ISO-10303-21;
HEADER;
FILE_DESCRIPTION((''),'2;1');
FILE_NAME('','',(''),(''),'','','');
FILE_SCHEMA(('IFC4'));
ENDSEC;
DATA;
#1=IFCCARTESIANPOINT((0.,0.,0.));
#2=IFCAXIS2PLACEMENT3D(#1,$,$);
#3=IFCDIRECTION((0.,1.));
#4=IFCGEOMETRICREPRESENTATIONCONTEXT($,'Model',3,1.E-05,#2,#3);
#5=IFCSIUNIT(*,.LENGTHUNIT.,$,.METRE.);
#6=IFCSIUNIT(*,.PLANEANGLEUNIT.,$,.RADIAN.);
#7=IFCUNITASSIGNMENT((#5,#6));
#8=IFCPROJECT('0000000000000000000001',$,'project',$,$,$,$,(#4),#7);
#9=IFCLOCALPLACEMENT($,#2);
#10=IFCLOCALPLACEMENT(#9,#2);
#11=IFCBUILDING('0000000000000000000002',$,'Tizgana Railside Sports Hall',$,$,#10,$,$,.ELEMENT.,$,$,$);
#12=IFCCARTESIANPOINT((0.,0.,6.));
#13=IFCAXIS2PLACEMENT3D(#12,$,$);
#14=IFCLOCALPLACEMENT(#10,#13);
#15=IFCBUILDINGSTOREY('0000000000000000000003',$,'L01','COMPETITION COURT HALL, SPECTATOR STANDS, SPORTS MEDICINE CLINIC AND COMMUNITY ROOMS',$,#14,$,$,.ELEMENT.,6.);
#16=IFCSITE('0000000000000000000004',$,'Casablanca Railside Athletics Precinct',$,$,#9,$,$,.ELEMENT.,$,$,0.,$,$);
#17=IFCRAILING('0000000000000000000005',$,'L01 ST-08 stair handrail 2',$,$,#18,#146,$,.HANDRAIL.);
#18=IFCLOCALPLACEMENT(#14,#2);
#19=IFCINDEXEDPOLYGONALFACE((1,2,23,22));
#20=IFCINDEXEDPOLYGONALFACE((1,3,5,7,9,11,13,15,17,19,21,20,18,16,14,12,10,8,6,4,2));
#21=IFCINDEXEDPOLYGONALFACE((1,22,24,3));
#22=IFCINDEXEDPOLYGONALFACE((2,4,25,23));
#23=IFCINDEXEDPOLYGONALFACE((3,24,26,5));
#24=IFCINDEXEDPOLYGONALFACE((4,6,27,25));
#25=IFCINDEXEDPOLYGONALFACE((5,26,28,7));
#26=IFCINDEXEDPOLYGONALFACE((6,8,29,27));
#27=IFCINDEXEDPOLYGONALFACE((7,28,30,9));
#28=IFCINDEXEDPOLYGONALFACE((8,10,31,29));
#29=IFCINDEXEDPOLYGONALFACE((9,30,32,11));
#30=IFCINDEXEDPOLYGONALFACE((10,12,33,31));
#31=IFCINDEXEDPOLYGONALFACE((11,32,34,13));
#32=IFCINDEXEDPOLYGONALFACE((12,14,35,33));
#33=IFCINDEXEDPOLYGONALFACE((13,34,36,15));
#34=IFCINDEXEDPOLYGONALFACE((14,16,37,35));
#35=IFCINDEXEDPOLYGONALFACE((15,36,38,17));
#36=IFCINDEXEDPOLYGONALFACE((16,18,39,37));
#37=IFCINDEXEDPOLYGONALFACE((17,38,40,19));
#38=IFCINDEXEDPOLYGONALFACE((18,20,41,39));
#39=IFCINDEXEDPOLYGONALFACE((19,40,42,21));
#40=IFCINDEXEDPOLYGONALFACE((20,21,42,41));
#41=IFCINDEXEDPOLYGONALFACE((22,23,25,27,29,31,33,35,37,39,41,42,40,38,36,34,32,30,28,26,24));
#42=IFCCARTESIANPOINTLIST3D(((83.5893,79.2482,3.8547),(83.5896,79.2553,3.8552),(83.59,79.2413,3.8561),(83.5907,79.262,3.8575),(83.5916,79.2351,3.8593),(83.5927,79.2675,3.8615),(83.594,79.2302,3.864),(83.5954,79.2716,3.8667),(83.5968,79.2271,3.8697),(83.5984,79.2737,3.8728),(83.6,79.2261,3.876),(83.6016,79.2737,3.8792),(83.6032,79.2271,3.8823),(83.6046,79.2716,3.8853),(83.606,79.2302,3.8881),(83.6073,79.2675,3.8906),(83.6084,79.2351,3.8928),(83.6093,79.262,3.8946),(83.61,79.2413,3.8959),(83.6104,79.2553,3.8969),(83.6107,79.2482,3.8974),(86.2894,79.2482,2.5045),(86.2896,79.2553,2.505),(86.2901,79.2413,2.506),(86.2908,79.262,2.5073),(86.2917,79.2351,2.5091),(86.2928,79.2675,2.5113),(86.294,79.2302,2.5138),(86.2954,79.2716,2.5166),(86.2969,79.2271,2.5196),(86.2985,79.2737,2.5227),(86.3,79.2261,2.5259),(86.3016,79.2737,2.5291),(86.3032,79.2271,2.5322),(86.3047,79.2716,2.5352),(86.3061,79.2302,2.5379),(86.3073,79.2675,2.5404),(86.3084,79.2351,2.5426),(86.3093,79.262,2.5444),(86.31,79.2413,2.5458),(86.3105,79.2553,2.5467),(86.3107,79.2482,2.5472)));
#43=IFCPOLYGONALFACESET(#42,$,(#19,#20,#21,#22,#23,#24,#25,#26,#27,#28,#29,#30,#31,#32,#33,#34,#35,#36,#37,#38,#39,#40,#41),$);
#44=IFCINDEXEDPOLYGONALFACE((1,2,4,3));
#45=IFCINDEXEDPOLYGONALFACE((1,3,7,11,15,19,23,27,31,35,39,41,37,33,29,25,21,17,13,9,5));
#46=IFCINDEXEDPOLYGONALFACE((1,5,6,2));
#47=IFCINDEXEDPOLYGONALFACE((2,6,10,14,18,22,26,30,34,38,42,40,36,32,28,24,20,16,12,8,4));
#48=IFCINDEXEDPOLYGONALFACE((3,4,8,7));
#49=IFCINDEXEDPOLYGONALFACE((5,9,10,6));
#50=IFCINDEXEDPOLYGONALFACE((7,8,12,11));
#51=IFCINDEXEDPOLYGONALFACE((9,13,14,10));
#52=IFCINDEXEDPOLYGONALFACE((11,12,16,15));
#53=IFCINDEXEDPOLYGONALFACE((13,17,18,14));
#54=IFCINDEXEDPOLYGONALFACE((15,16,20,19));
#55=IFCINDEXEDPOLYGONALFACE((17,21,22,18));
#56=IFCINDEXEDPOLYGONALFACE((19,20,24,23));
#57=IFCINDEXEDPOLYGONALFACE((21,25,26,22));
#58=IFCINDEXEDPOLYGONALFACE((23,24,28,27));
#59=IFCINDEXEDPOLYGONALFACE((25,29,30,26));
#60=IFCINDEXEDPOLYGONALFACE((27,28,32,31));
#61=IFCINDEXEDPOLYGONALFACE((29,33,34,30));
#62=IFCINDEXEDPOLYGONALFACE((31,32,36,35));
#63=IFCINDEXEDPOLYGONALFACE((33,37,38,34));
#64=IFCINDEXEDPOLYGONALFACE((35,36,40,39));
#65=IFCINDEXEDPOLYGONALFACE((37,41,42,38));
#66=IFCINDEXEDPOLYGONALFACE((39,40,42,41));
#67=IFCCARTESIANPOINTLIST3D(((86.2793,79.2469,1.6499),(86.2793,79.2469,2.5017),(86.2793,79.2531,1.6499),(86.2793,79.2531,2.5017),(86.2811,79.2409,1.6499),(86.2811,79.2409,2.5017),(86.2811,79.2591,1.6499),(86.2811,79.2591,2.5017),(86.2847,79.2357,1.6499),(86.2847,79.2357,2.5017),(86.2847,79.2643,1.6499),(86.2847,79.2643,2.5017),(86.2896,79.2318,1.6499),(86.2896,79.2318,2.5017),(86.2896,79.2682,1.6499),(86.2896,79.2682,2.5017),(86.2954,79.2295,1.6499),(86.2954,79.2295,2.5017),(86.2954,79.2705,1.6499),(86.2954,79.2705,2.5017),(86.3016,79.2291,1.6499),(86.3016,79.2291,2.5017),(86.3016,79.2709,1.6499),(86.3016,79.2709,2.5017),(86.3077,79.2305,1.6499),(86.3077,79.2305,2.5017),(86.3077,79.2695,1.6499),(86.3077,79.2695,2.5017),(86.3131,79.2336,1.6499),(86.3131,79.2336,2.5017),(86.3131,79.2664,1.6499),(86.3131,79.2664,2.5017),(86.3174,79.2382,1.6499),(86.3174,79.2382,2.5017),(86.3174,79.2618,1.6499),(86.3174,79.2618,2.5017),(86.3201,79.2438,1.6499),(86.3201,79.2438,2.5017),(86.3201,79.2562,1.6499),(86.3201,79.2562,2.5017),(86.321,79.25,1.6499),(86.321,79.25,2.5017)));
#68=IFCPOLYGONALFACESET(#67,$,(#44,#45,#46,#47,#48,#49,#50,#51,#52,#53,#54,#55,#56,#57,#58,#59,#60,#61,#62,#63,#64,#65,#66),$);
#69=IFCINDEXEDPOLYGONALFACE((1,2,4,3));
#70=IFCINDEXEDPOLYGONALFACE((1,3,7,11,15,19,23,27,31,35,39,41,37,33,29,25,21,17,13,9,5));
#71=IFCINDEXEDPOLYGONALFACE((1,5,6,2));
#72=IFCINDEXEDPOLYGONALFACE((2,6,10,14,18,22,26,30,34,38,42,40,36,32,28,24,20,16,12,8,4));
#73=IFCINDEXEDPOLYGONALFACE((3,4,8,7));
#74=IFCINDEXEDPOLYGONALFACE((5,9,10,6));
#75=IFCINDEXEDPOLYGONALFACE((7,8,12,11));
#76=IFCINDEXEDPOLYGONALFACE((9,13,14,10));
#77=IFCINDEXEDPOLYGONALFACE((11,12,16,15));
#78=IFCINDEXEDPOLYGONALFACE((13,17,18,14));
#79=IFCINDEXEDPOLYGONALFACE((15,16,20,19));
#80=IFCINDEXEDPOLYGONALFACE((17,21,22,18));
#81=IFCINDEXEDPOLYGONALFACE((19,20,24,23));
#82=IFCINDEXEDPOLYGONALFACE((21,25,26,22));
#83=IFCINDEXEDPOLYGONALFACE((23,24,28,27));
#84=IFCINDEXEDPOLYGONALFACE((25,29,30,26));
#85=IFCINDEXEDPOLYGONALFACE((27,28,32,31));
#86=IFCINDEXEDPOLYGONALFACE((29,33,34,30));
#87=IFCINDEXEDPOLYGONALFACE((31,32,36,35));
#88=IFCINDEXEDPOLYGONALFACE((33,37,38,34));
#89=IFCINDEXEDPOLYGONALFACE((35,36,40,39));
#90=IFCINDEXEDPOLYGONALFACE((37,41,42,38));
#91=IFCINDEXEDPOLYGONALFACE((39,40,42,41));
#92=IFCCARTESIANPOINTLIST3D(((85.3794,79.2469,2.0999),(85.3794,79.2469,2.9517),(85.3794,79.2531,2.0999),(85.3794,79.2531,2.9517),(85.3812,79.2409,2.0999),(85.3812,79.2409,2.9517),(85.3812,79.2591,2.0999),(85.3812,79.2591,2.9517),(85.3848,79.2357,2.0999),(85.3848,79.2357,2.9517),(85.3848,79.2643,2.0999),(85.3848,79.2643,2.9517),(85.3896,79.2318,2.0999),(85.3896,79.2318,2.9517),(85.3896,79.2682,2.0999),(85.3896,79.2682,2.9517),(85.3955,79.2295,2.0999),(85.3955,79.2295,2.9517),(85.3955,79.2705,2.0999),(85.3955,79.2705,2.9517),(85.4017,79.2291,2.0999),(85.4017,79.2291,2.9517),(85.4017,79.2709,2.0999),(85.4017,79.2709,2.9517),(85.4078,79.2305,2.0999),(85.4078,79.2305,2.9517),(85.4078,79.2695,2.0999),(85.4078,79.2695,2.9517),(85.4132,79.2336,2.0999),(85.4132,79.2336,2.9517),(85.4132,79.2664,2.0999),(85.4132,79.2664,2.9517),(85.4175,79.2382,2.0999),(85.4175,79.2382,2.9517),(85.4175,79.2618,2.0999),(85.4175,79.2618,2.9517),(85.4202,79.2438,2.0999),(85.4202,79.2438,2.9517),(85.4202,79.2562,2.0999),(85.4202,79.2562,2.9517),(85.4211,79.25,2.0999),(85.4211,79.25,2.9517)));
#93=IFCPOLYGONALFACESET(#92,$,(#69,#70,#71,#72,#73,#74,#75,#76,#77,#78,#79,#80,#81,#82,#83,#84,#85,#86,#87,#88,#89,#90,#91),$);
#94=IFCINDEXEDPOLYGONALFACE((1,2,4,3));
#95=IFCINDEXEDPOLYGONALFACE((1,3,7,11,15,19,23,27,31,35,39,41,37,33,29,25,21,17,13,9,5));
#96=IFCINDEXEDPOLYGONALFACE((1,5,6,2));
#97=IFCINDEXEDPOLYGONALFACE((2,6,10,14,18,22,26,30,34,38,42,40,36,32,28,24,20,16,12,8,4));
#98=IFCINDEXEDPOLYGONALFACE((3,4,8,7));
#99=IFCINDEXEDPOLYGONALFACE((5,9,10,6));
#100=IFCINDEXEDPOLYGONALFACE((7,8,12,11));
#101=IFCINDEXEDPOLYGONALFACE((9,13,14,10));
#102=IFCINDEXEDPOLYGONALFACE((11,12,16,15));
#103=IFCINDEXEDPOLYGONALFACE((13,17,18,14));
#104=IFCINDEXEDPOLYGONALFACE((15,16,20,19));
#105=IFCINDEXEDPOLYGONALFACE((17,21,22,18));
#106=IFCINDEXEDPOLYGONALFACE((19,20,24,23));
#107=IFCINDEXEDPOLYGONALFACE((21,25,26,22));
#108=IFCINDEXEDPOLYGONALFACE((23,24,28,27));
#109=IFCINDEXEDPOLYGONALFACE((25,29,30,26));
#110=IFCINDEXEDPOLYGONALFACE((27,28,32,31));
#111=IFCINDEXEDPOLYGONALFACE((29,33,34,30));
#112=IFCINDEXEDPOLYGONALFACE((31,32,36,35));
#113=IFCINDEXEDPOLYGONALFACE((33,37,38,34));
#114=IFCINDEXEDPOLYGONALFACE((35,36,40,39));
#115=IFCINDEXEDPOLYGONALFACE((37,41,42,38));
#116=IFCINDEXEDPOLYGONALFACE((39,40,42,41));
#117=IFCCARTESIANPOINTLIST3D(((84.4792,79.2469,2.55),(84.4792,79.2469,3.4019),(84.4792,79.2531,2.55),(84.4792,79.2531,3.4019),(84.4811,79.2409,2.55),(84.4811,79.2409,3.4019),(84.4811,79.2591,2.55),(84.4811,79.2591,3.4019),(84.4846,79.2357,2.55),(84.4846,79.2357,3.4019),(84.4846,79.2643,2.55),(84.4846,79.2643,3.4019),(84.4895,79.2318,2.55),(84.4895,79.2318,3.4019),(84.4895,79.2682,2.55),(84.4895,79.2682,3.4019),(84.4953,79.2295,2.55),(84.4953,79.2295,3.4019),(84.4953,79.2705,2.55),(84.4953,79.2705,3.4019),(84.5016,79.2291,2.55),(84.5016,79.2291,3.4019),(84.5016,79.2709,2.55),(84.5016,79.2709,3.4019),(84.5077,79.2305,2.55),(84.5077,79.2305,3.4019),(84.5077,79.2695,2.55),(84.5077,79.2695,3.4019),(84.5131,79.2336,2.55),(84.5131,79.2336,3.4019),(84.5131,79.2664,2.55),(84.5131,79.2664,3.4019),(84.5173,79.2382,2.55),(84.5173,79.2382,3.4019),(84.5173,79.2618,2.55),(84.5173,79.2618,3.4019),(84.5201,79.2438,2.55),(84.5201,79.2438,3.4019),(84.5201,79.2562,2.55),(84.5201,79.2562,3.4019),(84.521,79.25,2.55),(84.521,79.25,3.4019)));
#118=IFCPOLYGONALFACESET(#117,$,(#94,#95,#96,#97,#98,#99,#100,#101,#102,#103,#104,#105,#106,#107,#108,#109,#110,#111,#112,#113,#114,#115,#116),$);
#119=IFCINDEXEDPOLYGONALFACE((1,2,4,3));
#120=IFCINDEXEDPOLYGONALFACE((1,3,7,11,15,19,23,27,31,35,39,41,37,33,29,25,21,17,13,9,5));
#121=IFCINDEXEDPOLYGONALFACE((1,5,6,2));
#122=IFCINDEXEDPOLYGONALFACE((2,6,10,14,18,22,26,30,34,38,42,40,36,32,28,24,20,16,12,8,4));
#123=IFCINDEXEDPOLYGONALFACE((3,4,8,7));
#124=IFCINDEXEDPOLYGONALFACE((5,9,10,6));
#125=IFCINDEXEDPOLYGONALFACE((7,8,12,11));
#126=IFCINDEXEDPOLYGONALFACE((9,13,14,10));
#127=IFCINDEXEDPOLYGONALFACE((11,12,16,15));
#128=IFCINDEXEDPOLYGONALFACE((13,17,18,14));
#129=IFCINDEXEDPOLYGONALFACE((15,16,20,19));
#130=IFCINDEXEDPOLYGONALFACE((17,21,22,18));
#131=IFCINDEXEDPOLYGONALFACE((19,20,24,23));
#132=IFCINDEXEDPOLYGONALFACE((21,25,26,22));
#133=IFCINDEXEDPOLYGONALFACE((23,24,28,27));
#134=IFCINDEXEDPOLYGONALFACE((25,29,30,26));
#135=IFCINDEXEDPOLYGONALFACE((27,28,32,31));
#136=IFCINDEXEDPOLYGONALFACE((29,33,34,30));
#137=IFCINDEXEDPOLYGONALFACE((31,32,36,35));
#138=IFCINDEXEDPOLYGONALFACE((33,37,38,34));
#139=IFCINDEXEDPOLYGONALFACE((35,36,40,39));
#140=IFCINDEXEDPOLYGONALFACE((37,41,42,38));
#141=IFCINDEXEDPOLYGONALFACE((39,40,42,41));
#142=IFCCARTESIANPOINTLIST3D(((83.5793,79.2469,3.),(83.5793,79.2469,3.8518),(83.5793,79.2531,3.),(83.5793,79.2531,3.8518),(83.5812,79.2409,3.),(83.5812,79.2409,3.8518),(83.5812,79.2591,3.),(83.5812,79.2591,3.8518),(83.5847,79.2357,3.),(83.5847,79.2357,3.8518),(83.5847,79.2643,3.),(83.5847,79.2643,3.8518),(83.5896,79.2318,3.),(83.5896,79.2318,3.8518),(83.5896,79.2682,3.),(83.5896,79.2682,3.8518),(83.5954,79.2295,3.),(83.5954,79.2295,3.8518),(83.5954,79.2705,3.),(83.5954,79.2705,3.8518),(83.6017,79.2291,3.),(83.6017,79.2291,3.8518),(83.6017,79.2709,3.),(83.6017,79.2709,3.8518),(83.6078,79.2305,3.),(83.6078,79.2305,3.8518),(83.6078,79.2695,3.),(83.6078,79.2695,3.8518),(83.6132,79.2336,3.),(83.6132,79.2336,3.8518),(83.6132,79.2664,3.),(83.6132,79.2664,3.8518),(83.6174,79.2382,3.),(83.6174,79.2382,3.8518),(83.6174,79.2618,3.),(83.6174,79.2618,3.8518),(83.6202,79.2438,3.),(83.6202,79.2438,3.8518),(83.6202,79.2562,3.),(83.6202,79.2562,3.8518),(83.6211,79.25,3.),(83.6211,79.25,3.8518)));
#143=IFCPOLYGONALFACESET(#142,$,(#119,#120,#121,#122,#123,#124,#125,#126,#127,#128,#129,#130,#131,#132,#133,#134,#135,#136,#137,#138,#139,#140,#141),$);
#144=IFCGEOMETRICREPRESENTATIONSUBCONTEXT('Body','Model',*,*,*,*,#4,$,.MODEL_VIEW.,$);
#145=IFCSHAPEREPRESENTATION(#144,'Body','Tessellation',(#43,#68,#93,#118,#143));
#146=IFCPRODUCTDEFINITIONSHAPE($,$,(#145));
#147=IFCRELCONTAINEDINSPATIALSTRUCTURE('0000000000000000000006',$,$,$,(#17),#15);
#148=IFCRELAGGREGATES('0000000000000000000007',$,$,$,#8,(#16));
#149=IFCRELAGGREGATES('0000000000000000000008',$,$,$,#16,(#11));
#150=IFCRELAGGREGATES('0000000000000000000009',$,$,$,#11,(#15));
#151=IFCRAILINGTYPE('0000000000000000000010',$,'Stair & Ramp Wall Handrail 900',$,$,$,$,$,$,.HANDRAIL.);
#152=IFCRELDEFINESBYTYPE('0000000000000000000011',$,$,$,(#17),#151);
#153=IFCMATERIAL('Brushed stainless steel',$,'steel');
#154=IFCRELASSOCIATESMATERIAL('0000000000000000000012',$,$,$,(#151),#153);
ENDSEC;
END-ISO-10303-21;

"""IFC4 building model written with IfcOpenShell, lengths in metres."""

from ifc_helpers import new_model, si_unit, direction, frame, origin, origin_2d, place, context, subcontext, project, spatial, circle, extrude, material, type_object, element, save


model = new_model("IFC4")

# Units and contexts
model_context = context("Model", 3, precision=1e-05, world=origin(), true_north=direction((0.0, 1.0)))
body_context = subcontext(model_context, "Body", "Model", "MODEL_VIEW")
ifc_project = project(units=[si_unit("LENGTHUNIT", "METRE"), si_unit("PLANEANGLEUNIT", "RADIAN")], contexts=[model_context])

# Site, building, storey
site_placement = place(None, origin())
site = spatial("IfcSite", under=ifc_project, at=site_placement, Name="Casablanca Railside Athletics Precinct", CompositionType="ELEMENT", RefElevation=0.0)
building_placement = place(site_placement, origin())
building = spatial("IfcBuilding", under=site, at=building_placement, Name="Tizgana Railside Sports Hall", CompositionType="ELEMENT")
storey_placement = place(building_placement, frame((0.0, 0.0, 6.0)))
storey = spatial("IfcBuildingStorey", under=building, at=storey_placement, Name="L01", Description="COMPETITION COURT HALL, SPECTATOR STANDS, SPORTS MEDICINE CLINIC AND COMMUNITY ROOMS", CompositionType="ELEMENT", Elevation=6.0)

# Railing
ifc_material_1 = material(Name="Brushed stainless steel", Category="steel")
railing_type_1 = type_object("IfcRailingType", Name="Stair & Ramp Wall Handrail 900", PredefinedType="HANDRAIL", material=ifc_material_1)
railing_1_placement = place(storey_placement, frame((86.3, 79.25, 1.6499)))
element("IfcRailing", 1, at=railing_1_placement, inside=storey, type_object=railing_type_1, Name="L01 ST-08 stair handrail 2", PredefinedType="HANDRAIL", context=body_context, shape_type="SweptSolid", body=[
    extrude(circle(Radius=0.0239, at=origin_2d()), frame((0.0, 0.0, 0.876), z_axis=(-0.894411, 0.0, 0.447246), x_axis=(0.0, -1.0, 0.0)), (0.0, 0.0, 1.0), 3.0188),
    extrude(circle(Radius=0.021, at=origin_2d()), origin(), (0.0, 0.0, 1.0), 0.8518),
    extrude(circle(Radius=0.021, at=origin_2d()), frame((-0.8999, 0.0, 0.45)), (0.0, 0.0, 1.0), 0.8518),
    extrude(circle(Radius=0.021, at=origin_2d()), frame((-1.8, 0.0, 0.9001)), (0.0, 0.0, 1.0), 0.8518),
    extrude(circle(Radius=0.021, at=origin_2d()), frame((-2.7, 0.0, 1.3501)), (0.0, 0.0, 1.0), 0.8518),
])

save(model, "model.ifc")
